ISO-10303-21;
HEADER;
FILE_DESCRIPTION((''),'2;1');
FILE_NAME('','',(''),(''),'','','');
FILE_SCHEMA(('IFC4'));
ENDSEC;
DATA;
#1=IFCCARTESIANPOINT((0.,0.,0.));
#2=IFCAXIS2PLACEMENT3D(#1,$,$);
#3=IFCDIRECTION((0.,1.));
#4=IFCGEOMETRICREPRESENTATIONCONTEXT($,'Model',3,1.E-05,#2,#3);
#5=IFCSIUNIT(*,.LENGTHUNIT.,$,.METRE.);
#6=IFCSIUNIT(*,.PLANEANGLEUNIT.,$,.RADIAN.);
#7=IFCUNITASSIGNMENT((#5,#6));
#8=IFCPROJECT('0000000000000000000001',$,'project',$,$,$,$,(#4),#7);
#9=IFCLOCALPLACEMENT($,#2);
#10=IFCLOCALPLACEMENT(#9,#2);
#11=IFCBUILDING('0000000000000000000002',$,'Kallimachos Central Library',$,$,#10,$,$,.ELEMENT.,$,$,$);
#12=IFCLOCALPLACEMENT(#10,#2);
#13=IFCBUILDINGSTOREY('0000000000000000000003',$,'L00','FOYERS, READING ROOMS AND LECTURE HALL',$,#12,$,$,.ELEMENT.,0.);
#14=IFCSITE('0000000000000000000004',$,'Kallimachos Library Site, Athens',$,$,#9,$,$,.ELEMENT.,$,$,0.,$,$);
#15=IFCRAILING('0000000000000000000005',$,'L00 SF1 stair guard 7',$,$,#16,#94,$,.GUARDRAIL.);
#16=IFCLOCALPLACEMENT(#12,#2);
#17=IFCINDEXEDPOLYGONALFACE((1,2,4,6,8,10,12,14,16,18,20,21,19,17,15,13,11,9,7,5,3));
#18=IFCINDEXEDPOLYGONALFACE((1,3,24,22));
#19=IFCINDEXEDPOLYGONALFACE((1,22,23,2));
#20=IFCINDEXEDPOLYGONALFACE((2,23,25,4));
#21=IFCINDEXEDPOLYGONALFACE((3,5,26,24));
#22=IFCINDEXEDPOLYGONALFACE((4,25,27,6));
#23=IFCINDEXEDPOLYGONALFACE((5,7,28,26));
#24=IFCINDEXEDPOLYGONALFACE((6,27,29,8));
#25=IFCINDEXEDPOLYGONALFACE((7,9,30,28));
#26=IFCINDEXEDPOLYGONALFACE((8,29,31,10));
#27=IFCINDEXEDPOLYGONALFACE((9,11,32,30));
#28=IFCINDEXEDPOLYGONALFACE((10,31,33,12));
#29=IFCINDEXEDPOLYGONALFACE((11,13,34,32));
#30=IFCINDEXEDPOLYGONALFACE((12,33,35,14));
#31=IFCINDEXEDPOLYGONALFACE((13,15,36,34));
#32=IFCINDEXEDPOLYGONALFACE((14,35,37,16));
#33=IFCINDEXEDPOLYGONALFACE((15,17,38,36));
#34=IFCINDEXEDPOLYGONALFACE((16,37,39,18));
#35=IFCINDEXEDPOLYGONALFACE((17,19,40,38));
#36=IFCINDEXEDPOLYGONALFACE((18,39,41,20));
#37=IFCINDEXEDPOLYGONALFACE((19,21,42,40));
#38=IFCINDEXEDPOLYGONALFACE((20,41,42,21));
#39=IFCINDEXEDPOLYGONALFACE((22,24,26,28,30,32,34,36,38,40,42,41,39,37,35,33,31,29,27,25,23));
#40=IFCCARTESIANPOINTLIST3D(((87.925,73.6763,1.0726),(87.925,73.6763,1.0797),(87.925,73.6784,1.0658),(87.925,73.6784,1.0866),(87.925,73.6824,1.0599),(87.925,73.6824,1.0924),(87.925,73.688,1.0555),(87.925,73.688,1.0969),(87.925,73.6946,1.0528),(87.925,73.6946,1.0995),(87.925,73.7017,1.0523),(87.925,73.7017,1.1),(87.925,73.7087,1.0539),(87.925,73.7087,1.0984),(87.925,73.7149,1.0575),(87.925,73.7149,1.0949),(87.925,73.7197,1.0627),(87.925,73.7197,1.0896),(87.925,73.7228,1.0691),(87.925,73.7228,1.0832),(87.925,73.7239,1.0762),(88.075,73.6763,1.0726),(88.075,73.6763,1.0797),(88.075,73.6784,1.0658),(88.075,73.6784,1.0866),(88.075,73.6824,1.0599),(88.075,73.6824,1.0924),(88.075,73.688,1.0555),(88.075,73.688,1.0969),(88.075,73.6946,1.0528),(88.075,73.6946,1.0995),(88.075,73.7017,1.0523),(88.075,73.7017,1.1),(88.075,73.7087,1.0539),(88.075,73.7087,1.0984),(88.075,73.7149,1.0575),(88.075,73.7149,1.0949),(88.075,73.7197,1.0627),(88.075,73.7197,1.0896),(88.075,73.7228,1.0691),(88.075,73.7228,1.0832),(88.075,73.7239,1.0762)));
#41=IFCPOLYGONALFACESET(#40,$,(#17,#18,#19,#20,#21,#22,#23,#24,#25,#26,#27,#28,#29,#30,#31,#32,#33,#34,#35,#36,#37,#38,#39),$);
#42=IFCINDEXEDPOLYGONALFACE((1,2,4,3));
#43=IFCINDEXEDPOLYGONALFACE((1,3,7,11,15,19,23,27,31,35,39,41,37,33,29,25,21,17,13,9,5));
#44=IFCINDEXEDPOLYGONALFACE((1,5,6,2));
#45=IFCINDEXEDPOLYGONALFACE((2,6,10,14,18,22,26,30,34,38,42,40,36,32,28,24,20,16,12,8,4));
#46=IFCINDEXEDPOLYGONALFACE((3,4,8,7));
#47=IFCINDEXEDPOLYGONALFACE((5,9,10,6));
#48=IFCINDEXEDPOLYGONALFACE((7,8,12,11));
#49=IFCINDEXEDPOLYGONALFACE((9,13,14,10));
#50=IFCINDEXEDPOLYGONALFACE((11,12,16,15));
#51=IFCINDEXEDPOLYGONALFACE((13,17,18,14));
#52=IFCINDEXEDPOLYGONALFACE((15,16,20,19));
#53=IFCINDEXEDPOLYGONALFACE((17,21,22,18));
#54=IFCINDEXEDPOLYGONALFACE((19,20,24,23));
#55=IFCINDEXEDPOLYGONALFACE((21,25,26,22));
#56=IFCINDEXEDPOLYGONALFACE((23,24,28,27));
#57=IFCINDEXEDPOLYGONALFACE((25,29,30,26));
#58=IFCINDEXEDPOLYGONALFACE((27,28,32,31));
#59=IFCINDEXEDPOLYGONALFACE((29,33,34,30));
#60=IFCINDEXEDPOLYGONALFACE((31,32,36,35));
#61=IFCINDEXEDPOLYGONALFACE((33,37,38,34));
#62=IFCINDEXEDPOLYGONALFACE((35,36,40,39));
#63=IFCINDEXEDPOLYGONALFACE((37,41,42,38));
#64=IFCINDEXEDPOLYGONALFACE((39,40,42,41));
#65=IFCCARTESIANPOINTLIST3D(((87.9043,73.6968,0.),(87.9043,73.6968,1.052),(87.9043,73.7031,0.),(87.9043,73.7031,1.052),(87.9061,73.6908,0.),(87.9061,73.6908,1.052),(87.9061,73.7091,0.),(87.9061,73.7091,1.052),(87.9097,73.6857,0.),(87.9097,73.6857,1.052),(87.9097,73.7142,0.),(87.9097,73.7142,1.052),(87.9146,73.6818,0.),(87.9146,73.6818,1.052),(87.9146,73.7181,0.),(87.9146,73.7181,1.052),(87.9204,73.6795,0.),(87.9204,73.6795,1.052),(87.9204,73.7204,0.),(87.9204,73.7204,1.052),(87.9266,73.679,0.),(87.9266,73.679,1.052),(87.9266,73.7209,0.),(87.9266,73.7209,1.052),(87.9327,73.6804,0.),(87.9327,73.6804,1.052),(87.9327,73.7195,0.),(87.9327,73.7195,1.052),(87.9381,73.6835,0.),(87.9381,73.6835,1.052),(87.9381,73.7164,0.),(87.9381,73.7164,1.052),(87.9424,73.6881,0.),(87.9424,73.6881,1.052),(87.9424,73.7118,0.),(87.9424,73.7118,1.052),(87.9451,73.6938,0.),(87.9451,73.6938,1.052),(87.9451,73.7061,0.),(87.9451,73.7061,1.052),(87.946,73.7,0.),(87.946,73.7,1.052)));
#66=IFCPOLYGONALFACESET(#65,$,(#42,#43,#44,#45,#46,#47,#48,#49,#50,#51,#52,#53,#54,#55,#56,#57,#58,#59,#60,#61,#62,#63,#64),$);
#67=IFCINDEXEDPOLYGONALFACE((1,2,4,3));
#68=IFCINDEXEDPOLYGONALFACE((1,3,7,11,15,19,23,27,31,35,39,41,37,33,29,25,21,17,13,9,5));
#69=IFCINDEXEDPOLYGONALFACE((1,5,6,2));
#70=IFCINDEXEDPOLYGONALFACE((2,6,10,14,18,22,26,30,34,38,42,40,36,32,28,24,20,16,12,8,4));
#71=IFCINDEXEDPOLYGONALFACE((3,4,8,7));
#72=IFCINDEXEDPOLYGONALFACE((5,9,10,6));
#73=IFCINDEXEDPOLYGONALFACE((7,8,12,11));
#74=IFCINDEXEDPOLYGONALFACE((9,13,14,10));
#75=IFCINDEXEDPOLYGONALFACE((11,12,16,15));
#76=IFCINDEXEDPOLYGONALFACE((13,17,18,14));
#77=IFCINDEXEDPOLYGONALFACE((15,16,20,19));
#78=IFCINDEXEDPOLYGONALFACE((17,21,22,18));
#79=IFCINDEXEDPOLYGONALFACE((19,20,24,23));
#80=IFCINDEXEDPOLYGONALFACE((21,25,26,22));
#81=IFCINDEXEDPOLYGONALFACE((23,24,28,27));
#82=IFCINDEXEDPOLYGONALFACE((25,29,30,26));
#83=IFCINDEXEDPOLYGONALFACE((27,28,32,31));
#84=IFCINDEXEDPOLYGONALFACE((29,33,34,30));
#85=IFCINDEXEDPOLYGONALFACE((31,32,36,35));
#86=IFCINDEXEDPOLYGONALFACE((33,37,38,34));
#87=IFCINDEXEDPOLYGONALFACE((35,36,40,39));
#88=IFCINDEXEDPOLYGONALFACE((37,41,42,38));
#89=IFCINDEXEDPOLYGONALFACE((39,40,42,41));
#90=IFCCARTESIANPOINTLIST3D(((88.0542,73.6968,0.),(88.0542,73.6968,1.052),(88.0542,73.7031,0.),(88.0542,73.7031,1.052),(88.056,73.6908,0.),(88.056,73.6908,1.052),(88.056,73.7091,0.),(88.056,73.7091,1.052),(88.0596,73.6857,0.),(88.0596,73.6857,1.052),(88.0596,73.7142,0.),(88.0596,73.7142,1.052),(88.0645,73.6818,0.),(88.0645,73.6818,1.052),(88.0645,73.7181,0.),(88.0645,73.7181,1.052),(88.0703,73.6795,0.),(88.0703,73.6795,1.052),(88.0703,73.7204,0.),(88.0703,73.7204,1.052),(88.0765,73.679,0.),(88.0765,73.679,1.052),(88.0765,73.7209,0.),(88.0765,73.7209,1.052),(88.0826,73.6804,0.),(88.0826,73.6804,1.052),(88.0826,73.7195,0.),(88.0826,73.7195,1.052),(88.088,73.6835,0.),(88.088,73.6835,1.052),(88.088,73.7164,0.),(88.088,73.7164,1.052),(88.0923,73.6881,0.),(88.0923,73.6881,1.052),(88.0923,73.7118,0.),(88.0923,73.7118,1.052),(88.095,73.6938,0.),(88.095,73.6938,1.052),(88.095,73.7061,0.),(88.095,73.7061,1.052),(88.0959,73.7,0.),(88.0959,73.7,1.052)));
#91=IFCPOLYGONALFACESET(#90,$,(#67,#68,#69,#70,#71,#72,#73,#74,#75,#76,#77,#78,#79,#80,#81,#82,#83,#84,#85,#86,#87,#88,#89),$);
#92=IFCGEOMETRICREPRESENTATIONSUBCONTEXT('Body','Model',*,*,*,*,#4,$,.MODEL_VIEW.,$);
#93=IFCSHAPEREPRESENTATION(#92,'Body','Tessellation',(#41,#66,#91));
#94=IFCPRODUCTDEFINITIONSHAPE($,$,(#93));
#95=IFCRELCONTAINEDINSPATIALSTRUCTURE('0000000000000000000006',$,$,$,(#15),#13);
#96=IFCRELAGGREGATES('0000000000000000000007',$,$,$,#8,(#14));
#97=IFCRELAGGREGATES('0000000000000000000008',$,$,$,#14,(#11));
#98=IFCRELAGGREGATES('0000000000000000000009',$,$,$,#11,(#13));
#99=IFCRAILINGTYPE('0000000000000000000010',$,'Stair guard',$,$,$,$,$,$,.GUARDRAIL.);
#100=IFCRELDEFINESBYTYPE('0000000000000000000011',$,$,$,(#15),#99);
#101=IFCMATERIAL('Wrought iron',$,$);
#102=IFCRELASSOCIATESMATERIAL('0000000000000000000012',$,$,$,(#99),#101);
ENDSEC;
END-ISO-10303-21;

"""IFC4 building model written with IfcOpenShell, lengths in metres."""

from ifc_helpers import new_model, si_unit, direction, frame, origin, origin_2d, place, context, subcontext, project, spatial, circle, extrude, material, type_object, element, save


model = new_model("IFC4")

# Units and contexts
model_context = context("Model", 3, precision=1e-05, world=origin(), true_north=direction((0.0, 1.0)))
body_context = subcontext(model_context, "Body", "Model", "MODEL_VIEW")
ifc_project = project(units=[si_unit("LENGTHUNIT", "METRE"), si_unit("PLANEANGLEUNIT", "RADIAN")], contexts=[model_context])

# Site, building, storey
site_placement = place(None, origin())
site = spatial("IfcSite", under=ifc_project, at=site_placement, Name="Kallimachos Library Site, Athens", CompositionType="ELEMENT", RefElevation=0.0)
building_placement = place(site_placement, origin())
building = spatial("IfcBuilding", under=site, at=building_placement, Name="Kallimachos Central Library", CompositionType="ELEMENT")
storey_placement = place(building_placement, origin())
storey = spatial("IfcBuildingStorey", under=building, at=storey_placement, Name="L00", Description="FOYERS, READING ROOMS AND LECTURE HALL", CompositionType="ELEMENT", Elevation=0.0)

# Railing
ifc_material_1 = material(Name="Wrought iron")
railing_type_1 = type_object("IfcRailingType", Name="Stair guard", PredefinedType="GUARDRAIL", material=ifc_material_1)
railing_1_placement = place(storey_placement, frame((87.925, 73.7, 0.0)))
element("IfcRailing", 1, at=railing_1_placement, inside=storey, type_object=railing_type_1, Name="L00 SF1 stair guard 7", PredefinedType="GUARDRAIL", context=body_context, shape_type="SweptSolid", body=[
    extrude(circle(Radius=0.0239, at=origin_2d()), frame((0.0, 0.0, 1.0762), z_axis=(1.0, 0.0, 0.0), x_axis=(0.0, 1.0, 0.0)), (0.0, 0.0, 1.0), 0.1499),
    extrude(circle(Radius=0.021, at=origin_2d()), origin(), (0.0, 0.0, 1.0), 1.052),
    extrude(circle(Radius=0.021, at=origin_2d()), frame((0.1499, 0.0, 0.0)), (0.0, 0.0, 1.0), 1.052),
])

save(model, "model.ifc")
